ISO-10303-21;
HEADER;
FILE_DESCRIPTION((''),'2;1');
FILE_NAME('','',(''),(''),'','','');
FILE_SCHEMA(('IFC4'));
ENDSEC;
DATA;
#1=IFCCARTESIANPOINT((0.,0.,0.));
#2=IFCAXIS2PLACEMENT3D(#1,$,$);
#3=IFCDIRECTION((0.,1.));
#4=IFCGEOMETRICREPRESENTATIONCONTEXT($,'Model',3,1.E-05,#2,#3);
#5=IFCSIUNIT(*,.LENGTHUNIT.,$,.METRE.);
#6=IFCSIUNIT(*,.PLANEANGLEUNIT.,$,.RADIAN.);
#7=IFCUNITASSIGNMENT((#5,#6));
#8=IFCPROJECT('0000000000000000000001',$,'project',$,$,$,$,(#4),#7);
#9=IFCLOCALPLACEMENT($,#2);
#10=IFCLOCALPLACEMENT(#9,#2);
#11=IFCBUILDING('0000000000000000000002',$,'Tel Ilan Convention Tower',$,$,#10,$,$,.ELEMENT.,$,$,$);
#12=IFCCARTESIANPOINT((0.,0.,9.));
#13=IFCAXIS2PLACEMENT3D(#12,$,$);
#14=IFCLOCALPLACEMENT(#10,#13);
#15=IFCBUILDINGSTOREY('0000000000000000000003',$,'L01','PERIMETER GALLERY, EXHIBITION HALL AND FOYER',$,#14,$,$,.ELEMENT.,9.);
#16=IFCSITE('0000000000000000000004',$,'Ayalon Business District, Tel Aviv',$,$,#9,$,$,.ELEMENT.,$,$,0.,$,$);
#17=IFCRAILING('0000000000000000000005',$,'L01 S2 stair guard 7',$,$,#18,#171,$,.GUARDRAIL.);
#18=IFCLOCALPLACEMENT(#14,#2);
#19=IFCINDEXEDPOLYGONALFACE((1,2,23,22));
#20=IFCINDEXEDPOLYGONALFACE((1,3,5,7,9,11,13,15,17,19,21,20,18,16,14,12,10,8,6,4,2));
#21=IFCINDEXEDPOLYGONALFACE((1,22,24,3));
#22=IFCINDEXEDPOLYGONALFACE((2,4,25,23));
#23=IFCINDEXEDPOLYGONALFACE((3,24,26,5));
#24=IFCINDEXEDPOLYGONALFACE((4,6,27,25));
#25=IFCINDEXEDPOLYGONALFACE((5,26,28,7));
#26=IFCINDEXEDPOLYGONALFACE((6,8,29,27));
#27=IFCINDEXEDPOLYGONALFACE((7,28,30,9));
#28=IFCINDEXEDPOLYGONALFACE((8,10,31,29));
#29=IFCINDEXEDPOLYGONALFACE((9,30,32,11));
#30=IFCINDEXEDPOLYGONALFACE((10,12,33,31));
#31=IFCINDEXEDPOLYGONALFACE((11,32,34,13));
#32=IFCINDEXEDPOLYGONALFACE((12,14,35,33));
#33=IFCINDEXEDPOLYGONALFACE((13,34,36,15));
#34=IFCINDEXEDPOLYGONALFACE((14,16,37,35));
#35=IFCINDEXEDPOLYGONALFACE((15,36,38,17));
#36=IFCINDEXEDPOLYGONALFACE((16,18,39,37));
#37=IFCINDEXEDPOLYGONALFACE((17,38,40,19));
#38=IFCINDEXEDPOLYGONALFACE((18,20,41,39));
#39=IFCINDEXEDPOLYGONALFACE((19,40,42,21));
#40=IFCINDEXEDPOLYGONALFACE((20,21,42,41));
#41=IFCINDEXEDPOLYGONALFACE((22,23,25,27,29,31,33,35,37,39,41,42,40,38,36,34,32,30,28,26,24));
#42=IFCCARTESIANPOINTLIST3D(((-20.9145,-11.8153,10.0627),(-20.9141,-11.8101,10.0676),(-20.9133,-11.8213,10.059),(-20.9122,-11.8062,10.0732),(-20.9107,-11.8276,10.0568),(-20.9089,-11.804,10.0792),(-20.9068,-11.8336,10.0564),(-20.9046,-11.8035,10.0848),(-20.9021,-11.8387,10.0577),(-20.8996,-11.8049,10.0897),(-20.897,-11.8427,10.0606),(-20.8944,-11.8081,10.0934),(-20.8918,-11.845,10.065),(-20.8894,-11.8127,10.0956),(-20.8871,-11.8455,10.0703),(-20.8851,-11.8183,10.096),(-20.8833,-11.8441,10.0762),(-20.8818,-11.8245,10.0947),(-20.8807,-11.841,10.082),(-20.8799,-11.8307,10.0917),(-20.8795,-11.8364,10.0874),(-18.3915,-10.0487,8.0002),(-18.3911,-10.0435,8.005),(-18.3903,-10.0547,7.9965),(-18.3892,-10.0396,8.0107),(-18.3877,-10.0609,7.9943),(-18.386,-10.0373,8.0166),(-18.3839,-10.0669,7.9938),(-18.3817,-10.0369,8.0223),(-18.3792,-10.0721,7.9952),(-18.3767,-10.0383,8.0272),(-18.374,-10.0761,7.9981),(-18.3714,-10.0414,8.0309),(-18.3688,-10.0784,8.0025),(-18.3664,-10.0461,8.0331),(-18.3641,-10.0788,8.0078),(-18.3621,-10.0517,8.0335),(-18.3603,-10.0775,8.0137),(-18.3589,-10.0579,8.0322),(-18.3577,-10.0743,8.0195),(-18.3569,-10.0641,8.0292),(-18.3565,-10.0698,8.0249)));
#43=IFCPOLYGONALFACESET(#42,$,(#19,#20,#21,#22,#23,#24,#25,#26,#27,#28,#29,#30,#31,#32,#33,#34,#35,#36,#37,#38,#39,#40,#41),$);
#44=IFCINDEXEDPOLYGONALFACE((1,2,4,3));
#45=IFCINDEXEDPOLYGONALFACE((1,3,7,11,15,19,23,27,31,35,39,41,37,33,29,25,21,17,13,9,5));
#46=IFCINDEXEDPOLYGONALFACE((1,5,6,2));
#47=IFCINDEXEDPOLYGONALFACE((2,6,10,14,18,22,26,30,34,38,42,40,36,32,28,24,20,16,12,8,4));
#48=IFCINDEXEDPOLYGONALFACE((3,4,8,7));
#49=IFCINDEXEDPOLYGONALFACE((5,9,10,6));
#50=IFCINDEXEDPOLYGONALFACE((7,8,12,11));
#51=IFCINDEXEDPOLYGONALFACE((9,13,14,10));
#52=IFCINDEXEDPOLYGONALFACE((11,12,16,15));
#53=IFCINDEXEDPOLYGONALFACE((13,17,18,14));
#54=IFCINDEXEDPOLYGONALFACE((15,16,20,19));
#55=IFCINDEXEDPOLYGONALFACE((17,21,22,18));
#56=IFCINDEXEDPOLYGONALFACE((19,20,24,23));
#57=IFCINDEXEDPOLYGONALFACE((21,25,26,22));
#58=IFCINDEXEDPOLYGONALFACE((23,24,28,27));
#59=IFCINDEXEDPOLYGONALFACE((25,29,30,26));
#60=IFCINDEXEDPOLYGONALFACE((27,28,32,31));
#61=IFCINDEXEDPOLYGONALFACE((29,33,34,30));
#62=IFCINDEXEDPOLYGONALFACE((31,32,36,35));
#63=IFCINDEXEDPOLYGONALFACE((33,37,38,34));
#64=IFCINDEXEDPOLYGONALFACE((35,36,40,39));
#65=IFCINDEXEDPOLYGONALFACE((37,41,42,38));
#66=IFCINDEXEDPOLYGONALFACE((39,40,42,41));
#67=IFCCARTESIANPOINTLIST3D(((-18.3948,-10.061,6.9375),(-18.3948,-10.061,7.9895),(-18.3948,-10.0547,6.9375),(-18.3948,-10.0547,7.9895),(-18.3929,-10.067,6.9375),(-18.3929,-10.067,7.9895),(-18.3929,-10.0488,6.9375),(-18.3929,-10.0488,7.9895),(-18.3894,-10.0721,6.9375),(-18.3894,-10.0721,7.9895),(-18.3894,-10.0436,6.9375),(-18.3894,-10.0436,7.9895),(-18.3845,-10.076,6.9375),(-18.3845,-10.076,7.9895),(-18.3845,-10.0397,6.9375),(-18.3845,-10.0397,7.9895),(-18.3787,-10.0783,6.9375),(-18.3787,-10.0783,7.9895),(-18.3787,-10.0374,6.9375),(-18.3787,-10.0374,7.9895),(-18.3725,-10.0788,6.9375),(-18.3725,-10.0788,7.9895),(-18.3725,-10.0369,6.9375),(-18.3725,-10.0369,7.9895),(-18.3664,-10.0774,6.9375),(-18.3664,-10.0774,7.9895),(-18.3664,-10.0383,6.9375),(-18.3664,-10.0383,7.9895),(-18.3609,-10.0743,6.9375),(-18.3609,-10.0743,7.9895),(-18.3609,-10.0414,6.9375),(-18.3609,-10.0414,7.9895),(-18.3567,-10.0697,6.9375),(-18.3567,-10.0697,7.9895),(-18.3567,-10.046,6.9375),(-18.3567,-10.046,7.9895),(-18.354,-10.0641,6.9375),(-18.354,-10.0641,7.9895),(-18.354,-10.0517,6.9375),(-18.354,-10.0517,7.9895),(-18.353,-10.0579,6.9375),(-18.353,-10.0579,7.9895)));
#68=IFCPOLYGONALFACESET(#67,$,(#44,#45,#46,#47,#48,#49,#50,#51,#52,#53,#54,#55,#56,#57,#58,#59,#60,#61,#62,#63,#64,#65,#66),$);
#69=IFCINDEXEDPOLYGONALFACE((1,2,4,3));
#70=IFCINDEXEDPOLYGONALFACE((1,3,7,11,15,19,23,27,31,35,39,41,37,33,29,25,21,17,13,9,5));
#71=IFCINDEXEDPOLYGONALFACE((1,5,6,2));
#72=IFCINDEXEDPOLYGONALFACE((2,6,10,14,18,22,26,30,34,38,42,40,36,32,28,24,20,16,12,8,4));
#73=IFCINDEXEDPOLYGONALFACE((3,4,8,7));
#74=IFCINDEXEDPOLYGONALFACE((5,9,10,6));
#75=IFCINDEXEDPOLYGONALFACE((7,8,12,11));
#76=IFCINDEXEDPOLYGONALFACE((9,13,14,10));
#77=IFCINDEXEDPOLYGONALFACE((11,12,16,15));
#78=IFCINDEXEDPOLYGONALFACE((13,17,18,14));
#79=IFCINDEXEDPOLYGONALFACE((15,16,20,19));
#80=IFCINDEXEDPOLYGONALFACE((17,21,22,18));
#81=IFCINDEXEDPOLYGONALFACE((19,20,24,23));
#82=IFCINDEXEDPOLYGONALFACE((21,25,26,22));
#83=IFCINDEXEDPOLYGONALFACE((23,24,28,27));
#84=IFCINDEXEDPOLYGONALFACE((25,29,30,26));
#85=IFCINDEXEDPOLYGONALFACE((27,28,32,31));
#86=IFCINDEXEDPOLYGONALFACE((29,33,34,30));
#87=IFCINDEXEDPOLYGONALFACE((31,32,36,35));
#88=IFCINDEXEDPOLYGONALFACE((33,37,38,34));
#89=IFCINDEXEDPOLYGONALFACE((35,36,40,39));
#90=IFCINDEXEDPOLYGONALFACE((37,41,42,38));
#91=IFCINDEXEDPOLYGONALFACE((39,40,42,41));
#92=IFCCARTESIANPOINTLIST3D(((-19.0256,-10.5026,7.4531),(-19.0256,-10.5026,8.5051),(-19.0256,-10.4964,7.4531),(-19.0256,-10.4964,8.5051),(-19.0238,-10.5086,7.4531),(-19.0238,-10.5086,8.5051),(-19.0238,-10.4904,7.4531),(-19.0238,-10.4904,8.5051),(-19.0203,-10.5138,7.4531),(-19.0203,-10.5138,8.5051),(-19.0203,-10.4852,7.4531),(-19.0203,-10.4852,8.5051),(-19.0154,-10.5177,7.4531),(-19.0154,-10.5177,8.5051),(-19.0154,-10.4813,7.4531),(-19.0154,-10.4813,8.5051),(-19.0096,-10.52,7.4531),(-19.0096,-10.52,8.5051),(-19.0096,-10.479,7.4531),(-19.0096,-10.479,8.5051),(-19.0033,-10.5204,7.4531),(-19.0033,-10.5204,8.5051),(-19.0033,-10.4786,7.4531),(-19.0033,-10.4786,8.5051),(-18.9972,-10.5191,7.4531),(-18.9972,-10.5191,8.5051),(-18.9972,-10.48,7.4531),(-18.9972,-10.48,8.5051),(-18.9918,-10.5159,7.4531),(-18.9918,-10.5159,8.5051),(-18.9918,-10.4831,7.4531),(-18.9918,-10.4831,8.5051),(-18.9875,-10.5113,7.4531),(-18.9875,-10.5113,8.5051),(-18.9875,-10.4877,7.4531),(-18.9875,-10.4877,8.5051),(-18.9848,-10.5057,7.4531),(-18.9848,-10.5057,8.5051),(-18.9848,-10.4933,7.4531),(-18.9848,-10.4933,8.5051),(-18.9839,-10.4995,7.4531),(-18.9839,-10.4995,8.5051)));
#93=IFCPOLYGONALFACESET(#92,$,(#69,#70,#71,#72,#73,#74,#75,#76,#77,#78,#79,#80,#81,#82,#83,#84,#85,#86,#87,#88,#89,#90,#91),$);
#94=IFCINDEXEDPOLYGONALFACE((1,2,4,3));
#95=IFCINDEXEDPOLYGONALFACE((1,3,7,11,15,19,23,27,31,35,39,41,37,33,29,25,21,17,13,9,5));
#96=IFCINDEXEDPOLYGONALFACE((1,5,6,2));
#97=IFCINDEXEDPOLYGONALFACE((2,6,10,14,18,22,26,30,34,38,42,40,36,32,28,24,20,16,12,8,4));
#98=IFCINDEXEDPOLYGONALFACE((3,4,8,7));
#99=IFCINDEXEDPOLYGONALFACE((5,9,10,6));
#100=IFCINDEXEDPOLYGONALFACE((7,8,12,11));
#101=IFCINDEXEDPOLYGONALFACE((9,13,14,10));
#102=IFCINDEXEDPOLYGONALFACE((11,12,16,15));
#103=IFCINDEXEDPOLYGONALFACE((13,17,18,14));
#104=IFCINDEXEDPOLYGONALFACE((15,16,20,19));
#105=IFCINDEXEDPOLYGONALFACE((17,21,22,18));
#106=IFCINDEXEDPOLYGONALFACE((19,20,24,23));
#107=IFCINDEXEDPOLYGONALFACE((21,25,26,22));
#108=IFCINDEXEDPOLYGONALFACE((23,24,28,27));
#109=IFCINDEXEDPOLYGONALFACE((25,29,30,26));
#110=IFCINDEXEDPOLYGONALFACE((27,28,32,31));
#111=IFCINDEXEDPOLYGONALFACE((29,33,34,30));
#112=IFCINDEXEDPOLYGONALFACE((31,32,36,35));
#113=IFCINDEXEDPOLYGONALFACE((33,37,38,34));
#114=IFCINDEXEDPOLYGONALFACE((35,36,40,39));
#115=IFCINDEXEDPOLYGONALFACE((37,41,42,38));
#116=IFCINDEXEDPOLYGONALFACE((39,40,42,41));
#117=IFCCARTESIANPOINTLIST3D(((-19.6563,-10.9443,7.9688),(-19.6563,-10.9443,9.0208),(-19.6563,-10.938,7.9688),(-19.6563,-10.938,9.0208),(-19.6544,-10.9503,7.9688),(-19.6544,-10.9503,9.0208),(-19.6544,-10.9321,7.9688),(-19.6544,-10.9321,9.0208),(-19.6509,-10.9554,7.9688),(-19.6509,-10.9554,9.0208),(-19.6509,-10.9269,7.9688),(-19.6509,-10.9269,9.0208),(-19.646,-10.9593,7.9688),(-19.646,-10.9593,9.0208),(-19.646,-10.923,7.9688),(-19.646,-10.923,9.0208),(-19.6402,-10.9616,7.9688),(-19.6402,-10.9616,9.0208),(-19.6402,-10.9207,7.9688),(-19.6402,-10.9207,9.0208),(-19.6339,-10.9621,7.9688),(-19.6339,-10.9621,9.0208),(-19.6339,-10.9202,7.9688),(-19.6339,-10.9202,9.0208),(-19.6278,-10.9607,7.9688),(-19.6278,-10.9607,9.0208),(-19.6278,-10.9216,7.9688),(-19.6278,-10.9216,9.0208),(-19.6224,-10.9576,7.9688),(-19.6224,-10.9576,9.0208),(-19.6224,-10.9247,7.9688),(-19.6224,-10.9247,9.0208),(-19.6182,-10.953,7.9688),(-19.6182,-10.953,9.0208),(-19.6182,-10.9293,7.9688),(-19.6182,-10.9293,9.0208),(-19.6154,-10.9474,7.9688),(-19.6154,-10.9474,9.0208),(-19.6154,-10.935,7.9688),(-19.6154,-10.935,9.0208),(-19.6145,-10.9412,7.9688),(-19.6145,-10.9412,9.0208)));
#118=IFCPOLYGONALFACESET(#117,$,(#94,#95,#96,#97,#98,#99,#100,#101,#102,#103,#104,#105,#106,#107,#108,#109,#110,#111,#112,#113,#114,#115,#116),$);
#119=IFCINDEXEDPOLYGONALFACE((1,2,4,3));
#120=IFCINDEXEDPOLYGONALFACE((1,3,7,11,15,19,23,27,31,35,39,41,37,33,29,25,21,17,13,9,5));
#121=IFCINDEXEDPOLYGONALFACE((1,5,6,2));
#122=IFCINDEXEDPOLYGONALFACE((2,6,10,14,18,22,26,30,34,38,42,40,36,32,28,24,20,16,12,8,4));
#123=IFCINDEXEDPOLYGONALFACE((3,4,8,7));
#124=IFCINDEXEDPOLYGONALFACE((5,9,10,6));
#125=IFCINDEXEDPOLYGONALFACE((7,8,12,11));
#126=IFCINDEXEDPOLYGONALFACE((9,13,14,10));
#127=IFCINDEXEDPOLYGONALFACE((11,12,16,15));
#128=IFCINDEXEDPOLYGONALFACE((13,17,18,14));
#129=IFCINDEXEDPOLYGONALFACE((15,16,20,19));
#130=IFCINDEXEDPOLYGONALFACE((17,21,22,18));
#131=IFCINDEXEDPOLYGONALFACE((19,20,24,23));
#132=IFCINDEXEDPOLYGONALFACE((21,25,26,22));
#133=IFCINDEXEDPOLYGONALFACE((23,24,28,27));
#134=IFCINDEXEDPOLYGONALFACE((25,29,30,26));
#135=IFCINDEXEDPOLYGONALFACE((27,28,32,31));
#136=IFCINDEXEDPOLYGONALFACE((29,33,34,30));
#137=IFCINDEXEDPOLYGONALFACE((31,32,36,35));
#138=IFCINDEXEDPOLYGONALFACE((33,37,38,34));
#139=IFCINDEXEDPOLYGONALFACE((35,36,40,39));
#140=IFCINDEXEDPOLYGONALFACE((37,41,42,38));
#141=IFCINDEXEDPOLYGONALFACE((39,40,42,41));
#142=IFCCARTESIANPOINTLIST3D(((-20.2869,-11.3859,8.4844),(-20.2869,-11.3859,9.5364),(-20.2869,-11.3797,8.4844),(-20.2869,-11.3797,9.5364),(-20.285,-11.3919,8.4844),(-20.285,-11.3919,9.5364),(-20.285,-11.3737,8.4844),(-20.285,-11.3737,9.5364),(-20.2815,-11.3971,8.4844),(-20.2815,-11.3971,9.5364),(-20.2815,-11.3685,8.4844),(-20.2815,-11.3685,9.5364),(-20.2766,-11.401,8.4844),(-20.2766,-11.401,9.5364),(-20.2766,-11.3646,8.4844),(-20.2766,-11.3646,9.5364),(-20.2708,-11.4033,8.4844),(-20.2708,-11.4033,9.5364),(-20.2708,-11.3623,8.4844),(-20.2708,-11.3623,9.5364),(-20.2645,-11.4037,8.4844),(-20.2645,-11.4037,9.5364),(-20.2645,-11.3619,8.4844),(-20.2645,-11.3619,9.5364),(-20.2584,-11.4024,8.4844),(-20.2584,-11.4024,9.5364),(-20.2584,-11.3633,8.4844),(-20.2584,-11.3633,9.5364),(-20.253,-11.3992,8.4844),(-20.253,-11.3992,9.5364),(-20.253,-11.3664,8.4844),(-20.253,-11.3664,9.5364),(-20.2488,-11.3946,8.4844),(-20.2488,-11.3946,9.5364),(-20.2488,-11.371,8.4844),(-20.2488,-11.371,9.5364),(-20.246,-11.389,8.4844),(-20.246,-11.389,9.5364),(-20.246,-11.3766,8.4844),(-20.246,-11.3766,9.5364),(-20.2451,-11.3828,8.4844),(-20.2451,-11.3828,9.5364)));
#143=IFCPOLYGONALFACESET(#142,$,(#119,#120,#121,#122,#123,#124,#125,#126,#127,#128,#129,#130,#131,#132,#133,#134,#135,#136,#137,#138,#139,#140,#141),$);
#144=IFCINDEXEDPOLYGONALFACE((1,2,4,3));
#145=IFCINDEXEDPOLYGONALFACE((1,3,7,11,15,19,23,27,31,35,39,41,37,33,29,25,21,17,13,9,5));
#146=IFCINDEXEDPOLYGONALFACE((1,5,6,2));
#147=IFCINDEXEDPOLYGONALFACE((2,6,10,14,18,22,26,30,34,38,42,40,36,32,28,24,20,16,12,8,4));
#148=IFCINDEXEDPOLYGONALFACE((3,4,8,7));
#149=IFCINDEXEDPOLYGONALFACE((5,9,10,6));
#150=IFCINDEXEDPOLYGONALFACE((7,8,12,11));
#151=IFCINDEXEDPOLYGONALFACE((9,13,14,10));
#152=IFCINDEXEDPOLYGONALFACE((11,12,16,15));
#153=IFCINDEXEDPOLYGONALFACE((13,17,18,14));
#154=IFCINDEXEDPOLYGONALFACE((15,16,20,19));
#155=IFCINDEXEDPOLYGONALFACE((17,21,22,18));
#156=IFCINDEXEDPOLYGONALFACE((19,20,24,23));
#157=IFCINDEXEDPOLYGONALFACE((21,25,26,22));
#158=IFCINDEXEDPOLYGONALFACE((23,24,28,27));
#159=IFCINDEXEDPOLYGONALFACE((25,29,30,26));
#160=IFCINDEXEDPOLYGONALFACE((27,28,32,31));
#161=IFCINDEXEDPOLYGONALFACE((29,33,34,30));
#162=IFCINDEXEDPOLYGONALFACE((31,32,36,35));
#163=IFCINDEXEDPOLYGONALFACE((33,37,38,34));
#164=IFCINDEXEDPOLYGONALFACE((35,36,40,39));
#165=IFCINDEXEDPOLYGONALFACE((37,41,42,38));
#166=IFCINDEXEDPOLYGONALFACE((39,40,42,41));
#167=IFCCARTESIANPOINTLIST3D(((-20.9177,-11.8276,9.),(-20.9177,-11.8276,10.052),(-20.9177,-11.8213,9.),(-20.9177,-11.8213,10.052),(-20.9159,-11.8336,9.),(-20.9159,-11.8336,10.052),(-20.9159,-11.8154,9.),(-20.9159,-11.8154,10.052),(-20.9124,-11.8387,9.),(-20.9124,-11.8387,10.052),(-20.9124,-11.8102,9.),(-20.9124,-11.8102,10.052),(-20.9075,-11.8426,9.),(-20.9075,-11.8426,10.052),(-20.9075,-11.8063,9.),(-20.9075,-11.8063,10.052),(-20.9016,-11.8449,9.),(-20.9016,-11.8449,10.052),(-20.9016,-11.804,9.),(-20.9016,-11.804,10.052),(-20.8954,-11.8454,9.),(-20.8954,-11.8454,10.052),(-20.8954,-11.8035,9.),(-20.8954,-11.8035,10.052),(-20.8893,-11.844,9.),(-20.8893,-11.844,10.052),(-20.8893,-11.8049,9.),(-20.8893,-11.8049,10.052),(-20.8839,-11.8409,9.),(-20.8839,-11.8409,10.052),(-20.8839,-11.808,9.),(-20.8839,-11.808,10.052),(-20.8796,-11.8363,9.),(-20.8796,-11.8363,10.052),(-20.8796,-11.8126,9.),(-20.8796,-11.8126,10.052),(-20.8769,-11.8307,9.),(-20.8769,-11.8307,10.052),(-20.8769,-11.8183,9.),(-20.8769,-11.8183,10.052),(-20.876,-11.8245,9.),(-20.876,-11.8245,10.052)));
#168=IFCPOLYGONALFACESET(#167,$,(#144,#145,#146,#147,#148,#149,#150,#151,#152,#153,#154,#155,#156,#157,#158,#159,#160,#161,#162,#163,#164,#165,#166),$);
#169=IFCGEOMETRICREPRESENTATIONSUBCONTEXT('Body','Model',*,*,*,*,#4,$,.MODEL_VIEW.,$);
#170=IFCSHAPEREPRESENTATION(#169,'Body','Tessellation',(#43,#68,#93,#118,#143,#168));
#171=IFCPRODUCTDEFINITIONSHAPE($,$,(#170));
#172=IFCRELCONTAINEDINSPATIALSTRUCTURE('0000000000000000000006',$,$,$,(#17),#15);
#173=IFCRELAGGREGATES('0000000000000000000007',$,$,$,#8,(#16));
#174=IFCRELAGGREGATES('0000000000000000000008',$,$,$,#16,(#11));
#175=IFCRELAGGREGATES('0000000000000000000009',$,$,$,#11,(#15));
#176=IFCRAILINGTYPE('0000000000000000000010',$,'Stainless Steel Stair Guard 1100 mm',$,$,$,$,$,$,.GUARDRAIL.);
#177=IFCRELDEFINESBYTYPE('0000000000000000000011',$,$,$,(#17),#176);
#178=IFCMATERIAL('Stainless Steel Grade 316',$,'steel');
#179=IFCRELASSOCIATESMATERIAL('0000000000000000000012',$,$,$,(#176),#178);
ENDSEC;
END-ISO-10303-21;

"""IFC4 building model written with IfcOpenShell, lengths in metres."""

from ifc_helpers import new_model, si_unit, direction, frame, origin, origin_2d, place, context, subcontext, project, spatial, circle, extrude, material, type_object, element, save


model = new_model("IFC4")

# Units and contexts
model_context = context("Model", 3, precision=1e-05, world=origin(), true_north=direction((0.0, 1.0)))
body_context = subcontext(model_context, "Body", "Model", "MODEL_VIEW")
ifc_project = project(units=[si_unit("LENGTHUNIT", "METRE"), si_unit("PLANEANGLEUNIT", "RADIAN")], contexts=[model_context])

# Site, building, storey
site_placement = place(None, origin())
site = spatial("IfcSite", under=ifc_project, at=site_placement, Name="Ayalon Business District, Tel Aviv", CompositionType="ELEMENT", RefElevation=0.0)
building_placement = place(site_placement, origin())
building = spatial("IfcBuilding", under=site, at=building_placement, Name="Tel Ilan Convention Tower", CompositionType="ELEMENT")
storey_placement = place(building_placement, frame((0.0, 0.0, 9.0)))
storey = spatial("IfcBuildingStorey", under=building, at=storey_placement, Name="L01", Description="PERIMETER GALLERY, EXHIBITION HALL AND FOYER", CompositionType="ELEMENT", Elevation=9.0)

# Railing
ifc_material_1 = material(Name="Stainless Steel Grade 316", Category="steel")
railing_type_1 = type_object("IfcRailingType", Name="Stainless Steel Stair Guard 1100 mm", PredefinedType="GUARDRAIL", material=ifc_material_1)
railing_1_placement = place(storey_placement, frame((-18.374, -10.0579, 6.9375)))
element("IfcRailing", 1, at=railing_1_placement, inside=storey, type_object=railing_type_1, Name="L01 S2 stair guard 7", PredefinedType="GUARDRAIL", context=body_context, shape_type="SweptSolid", body=[
    extrude(circle(Radius=0.0239, at=origin_2d()), frame((0.0, 0.0, 1.0762), z_axis=(-0.680635, -0.476589, 0.556416), x_axis=(0.573579, -0.81915, 0.0)), (0.0, 0.0, 1.0), 3.7068),
    extrude(circle(Radius=0.021, at=origin_2d()), origin(), (0.0, 0.0, 1.0), 1.052),
    extrude(circle(Radius=0.021, at=origin_2d()), frame((-0.6309, -0.4417, 0.5156)), (0.0, 0.0, 1.0), 1.052),
    extrude(circle(Radius=0.021, at=origin_2d()), frame((-1.2615, -0.8833, 1.0312)), (0.0, 0.0, 1.0), 1.052),
    extrude(circle(Radius=0.021, at=origin_2d()), frame((-1.8921, -1.325, 1.5469)), (0.0, 0.0, 1.0), 1.052),
    extrude(circle(Radius=0.021, at=origin_2d()), frame((-2.5229, -1.7666, 2.0625)), (0.0, 0.0, 1.0), 1.052),
])

save(model, "model.ifc")
